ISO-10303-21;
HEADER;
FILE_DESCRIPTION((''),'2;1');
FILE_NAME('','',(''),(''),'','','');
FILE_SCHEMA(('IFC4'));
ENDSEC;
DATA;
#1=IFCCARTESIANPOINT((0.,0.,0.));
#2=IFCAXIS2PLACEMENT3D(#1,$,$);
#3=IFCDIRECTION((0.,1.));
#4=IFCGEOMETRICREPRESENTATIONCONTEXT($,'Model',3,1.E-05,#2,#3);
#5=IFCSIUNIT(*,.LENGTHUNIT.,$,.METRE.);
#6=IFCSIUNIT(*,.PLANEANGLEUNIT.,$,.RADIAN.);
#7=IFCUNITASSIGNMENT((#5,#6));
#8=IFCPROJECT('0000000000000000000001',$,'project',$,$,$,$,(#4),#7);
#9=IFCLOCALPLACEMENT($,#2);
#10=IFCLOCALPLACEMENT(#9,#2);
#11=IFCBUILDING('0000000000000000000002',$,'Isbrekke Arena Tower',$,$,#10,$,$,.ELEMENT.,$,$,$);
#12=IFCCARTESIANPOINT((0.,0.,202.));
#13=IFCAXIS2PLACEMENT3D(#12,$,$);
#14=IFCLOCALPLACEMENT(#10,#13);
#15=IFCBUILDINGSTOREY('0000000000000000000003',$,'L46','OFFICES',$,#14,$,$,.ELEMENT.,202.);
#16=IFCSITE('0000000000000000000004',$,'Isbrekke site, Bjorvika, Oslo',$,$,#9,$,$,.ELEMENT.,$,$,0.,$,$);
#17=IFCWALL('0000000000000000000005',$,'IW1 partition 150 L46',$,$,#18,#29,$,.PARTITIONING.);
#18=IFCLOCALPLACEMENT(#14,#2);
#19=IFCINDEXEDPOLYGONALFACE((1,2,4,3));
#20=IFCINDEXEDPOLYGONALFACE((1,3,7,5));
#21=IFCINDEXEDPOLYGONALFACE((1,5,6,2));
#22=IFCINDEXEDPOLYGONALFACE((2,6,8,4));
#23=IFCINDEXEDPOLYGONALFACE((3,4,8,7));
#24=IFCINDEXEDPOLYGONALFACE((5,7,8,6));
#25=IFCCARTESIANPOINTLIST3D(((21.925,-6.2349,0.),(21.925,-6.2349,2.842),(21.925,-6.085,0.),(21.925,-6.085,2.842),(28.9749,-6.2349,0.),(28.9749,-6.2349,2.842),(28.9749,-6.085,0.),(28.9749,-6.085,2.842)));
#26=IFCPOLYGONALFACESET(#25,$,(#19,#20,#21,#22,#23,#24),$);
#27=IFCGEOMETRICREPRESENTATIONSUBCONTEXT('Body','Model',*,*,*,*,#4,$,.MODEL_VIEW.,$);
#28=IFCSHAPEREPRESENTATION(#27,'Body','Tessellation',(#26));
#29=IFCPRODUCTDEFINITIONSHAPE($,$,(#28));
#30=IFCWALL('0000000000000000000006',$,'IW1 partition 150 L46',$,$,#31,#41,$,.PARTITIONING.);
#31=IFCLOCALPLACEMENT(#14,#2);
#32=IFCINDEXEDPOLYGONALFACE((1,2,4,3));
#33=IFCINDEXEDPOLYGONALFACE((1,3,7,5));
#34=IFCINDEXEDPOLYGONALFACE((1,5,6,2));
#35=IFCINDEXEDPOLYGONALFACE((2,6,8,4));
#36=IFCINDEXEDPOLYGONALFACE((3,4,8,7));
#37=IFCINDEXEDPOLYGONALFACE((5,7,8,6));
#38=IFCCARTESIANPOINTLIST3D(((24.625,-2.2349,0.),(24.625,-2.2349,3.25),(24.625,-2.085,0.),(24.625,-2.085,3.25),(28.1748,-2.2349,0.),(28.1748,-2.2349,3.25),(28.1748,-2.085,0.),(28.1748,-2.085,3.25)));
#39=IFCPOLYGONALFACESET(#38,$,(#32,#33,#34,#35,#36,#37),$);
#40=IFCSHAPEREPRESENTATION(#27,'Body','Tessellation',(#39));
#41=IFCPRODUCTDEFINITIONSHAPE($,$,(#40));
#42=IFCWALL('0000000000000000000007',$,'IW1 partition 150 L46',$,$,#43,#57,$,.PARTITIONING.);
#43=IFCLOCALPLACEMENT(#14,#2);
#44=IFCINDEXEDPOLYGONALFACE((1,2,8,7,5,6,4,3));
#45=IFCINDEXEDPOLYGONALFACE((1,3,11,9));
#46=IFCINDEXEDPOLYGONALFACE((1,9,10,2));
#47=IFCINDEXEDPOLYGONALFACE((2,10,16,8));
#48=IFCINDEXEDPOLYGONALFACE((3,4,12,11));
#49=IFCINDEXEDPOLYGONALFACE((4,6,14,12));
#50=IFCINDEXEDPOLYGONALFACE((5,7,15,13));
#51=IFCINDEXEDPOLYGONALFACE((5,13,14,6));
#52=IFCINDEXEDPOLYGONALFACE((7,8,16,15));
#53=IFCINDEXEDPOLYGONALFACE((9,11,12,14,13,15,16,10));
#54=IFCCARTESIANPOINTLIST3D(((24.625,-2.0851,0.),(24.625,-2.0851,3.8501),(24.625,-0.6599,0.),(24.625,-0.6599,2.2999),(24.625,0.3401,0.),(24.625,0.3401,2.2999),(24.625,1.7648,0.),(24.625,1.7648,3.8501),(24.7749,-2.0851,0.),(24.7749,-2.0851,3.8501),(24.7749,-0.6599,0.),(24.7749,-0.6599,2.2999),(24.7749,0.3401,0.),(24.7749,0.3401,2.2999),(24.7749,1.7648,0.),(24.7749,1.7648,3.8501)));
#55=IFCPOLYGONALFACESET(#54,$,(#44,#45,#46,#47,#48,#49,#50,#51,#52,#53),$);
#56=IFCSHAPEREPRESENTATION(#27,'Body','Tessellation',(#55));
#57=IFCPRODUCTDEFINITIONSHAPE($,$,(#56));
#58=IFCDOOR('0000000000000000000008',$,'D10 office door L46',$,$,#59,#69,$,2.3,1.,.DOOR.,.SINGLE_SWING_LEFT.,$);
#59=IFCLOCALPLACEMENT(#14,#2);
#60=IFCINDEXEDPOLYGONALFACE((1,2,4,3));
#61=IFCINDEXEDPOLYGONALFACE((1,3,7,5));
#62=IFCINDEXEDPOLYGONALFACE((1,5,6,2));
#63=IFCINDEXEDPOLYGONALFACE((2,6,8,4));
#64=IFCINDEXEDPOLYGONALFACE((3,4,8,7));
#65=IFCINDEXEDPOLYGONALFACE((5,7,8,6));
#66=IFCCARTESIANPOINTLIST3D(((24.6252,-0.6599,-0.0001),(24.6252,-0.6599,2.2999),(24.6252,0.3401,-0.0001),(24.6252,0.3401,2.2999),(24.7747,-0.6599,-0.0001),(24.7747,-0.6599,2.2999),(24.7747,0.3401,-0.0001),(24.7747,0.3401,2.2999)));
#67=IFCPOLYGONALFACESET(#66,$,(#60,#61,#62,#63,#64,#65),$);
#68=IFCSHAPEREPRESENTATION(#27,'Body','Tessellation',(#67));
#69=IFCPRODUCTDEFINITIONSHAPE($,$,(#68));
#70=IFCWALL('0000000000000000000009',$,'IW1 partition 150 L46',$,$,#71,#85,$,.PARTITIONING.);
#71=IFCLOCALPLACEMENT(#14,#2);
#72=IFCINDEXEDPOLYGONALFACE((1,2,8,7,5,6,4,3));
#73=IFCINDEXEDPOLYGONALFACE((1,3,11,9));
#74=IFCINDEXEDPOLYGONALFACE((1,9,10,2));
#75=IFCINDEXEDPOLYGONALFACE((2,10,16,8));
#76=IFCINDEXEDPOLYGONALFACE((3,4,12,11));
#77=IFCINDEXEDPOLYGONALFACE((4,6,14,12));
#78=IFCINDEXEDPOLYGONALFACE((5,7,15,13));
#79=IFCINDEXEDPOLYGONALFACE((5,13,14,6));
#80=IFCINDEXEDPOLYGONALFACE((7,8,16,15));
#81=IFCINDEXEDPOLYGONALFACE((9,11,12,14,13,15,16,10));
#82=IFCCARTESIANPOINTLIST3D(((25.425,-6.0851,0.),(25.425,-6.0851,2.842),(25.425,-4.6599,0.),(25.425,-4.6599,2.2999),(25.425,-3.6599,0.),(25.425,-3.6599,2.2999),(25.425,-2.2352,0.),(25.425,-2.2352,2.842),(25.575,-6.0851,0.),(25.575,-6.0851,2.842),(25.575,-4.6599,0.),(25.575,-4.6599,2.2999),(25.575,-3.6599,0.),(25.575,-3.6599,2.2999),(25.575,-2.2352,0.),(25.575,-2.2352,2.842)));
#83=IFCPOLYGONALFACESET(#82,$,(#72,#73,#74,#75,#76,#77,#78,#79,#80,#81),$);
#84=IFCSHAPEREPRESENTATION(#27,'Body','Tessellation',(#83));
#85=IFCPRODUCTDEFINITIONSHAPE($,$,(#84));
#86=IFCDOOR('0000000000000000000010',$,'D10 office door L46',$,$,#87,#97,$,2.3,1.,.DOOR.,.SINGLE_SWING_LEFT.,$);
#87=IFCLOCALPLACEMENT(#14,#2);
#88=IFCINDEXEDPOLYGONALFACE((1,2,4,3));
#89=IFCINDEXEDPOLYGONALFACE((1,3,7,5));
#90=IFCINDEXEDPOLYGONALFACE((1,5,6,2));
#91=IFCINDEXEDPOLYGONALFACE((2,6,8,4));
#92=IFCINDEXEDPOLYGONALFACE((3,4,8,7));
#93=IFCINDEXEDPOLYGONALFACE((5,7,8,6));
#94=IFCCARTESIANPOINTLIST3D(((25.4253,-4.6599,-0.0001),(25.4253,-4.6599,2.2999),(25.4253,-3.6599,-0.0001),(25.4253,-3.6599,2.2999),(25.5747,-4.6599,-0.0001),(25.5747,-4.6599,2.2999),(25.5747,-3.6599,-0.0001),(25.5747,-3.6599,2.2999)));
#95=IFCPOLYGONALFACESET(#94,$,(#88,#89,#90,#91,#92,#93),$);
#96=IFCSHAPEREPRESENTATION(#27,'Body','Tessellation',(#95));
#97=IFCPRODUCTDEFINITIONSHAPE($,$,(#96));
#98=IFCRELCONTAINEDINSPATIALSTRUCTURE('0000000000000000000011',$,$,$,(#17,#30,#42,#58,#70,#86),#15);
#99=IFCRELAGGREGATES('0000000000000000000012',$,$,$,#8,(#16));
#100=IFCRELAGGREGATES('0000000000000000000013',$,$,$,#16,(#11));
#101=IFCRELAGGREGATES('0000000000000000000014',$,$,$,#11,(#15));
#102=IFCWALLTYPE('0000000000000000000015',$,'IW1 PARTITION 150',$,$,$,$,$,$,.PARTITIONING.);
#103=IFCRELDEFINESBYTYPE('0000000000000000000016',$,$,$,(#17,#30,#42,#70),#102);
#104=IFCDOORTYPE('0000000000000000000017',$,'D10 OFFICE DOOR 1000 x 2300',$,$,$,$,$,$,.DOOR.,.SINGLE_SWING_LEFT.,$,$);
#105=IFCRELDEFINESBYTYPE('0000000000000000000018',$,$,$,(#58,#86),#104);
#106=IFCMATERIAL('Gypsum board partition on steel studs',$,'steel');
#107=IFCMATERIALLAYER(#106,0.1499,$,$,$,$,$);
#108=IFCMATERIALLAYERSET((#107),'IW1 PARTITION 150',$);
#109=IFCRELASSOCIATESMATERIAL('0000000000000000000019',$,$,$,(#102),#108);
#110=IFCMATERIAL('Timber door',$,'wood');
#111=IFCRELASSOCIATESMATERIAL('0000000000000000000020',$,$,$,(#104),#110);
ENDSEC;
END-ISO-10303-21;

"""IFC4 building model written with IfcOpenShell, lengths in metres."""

from ifc_helpers import new_model, si_unit, direction, frame, frame_2d, origin, place, context, subcontext, project, spatial, rectangle, extrude, material, layer, layer_set, type_object, element, fill, save


model = new_model("IFC4")

# Units and contexts
model_context = context("Model", 3, precision=1e-05, world=origin(), true_north=direction((0.0, 1.0)))
body_context = subcontext(model_context, "Body", "Model", "MODEL_VIEW")
ifc_project = project(units=[si_unit("LENGTHUNIT", "METRE"), si_unit("PLANEANGLEUNIT", "RADIAN")], contexts=[model_context])

# Site, building, storey
site_placement = place(None, origin())
site = spatial("IfcSite", under=ifc_project, at=site_placement, Name="Isbrekke site, Bjorvika, Oslo", CompositionType="ELEMENT", RefElevation=0.0)
building_placement = place(site_placement, origin())
building = spatial("IfcBuilding", under=site, at=building_placement, Name="Isbrekke Arena Tower", CompositionType="ELEMENT")
storey_placement = place(building_placement, frame((0.0, 0.0, 202.0)))
storey = spatial("IfcBuildingStorey", under=building, at=storey_placement, Name="L46", Description="OFFICES", CompositionType="ELEMENT", Elevation=202.0)

# Walls
ifc_material_1 = material(Name="Gypsum board partition on steel studs", Category="steel")
ifc_layer_1 = layer(ifc_material_1, 0.1499)
ifc_layer_set_1 = layer_set([ifc_layer_1], Name="IW1 PARTITION 150")
wall_type = type_object("IfcWallType", Name="IW1 PARTITION 150", PredefinedType="PARTITIONING", material=ifc_layer_set_1)
wall_1_placement = place(storey_placement, frame((21.925, -6.1599, 0.0), z_axis=(0.0, 0.0, 1.0), x_axis=(1.0, 0.0, 0.0)))
element("IfcWall", 1, at=wall_1_placement, inside=storey, type_object=wall_type, Name="IW1 partition 150 L46", PredefinedType="PARTITIONING", context=body_context, shape_type="SweptSolid", body=[
    extrude(rectangle(XDim=7.0498, YDim=0.1499, at=frame_2d((3.5249, 0.0))), origin(), (0.0, 0.0, 1.0), 2.842),
])
wall_2_placement = place(storey_placement, frame((24.625, -2.1599, 0.0), z_axis=(0.0, 0.0, 1.0), x_axis=(1.0, 0.0, 0.0)))
element("IfcWall", 2, at=wall_2_placement, inside=storey, type_object=wall_type, Name="IW1 partition 150 L46", PredefinedType="PARTITIONING", context=body_context, shape_type="SweptSolid", body=[
    extrude(rectangle(XDim=3.5498, YDim=0.1499, at=frame_2d((1.7749, 0.0))), origin(), (0.0, 0.0, 1.0), 3.25),
])

# Walls, openings, doors
wall_3_placement = place(storey_placement, frame((24.7, -2.085, 0.0), z_axis=(0.0, 0.0, 1.0), x_axis=(0.0, 1.0, 0.0)))
wall_3 = element("IfcWall", 3, at=wall_3_placement, inside=storey, type_object=wall_type, Name="IW1 partition 150 L46", PredefinedType="PARTITIONING", context=body_context, shape_type="SweptSolid", body=[
    extrude(rectangle(XDim=3.8499, YDim=0.1499, at=frame_2d((1.9248, 0.0))), origin(), (0.0, 0.0, 1.0), 3.8501),
])
opening_1_placement = place(wall_3_placement, frame((1.425, 0.0, 0.0)))
opening_1 = element("IfcOpeningElement", 4, at=opening_1_placement, cuts=wall_3, PredefinedType="OPENING", context=body_context, shape_type="SweptSolid", body=[
    extrude(rectangle(XDim=1.0, YDim=2.3, at=frame_2d((0.5, 1.1499))), frame((0.0, 0.0898, 0.0), z_axis=(0.0, -1.0, 0.0), x_axis=(1.0, 0.0, 0.0)), (0.0, 0.0, 1.0), 0.1797),
])
ifc_material_2 = material(Name="Timber door", Category="wood")
door_type = type_object("IfcDoorType", Name="D10 OFFICE DOOR 1000 x 2300", OperationType="SINGLE_SWING_LEFT", PredefinedType="DOOR", material=ifc_material_2)
door_1_placement = place(opening_1_placement, origin())
door_1 = element("IfcDoor", 5, at=door_1_placement, inside=storey, type_object=door_type, Name="D10 office door L46", OperationType="SINGLE_SWING_LEFT", OverallHeight=2.3, OverallWidth=1.0, PredefinedType="DOOR", context=body_context, shape_type="SweptSolid", body=[
    extrude(rectangle(XDim=1.0, YDim=2.3, at=frame_2d((0.5, 1.1499))), frame((0.0, 0.0747, 0.0), z_axis=(0.0, -1.0, 0.0), x_axis=(1.0, 0.0, 0.0)), (0.0, 0.0, 1.0), 0.1494),
])
fill(opening_1, door_1)
wall_4_placement = place(storey_placement, frame((25.5, -6.085, 0.0), z_axis=(0.0, 0.0, 1.0), x_axis=(0.0, 1.0, 0.0)))
wall_4 = element("IfcWall", 6, at=wall_4_placement, inside=storey, type_object=wall_type, Name="IW1 partition 150 L46", PredefinedType="PARTITIONING", context=body_context, shape_type="SweptSolid", body=[
    extrude(rectangle(XDim=3.8499, YDim=0.1499, at=frame_2d((1.9248, 0.0))), origin(), (0.0, 0.0, 1.0), 2.842),
])
opening_2_placement = place(wall_4_placement, frame((1.425, 0.0, 0.0)))
opening_2 = element("IfcOpeningElement", 7, at=opening_2_placement, cuts=wall_4, PredefinedType="OPENING", context=body_context, shape_type="SweptSolid", body=[
    extrude(rectangle(XDim=1.0, YDim=2.3, at=frame_2d((0.5, 1.1499))), frame((0.0, 0.0898, 0.0), z_axis=(0.0, -1.0, 0.0), x_axis=(1.0, 0.0, 0.0)), (0.0, 0.0, 1.0), 0.1797),
])
door_2_placement = place(opening_2_placement, origin())
door_2 = element("IfcDoor", 8, at=door_2_placement, inside=storey, type_object=door_type, Name="D10 office door L46", OperationType="SINGLE_SWING_LEFT", OverallHeight=2.3, OverallWidth=1.0, PredefinedType="DOOR", context=body_context, shape_type="SweptSolid", body=[
    extrude(rectangle(XDim=1.0, YDim=2.3, at=frame_2d((0.5, 1.1499))), frame((0.0, 0.0747, 0.0), z_axis=(0.0, -1.0, 0.0), x_axis=(1.0, 0.0, 0.0)), (0.0, 0.0, 1.0), 0.1494),
])
fill(opening_2, door_2)

save(model, "model.ifc")
